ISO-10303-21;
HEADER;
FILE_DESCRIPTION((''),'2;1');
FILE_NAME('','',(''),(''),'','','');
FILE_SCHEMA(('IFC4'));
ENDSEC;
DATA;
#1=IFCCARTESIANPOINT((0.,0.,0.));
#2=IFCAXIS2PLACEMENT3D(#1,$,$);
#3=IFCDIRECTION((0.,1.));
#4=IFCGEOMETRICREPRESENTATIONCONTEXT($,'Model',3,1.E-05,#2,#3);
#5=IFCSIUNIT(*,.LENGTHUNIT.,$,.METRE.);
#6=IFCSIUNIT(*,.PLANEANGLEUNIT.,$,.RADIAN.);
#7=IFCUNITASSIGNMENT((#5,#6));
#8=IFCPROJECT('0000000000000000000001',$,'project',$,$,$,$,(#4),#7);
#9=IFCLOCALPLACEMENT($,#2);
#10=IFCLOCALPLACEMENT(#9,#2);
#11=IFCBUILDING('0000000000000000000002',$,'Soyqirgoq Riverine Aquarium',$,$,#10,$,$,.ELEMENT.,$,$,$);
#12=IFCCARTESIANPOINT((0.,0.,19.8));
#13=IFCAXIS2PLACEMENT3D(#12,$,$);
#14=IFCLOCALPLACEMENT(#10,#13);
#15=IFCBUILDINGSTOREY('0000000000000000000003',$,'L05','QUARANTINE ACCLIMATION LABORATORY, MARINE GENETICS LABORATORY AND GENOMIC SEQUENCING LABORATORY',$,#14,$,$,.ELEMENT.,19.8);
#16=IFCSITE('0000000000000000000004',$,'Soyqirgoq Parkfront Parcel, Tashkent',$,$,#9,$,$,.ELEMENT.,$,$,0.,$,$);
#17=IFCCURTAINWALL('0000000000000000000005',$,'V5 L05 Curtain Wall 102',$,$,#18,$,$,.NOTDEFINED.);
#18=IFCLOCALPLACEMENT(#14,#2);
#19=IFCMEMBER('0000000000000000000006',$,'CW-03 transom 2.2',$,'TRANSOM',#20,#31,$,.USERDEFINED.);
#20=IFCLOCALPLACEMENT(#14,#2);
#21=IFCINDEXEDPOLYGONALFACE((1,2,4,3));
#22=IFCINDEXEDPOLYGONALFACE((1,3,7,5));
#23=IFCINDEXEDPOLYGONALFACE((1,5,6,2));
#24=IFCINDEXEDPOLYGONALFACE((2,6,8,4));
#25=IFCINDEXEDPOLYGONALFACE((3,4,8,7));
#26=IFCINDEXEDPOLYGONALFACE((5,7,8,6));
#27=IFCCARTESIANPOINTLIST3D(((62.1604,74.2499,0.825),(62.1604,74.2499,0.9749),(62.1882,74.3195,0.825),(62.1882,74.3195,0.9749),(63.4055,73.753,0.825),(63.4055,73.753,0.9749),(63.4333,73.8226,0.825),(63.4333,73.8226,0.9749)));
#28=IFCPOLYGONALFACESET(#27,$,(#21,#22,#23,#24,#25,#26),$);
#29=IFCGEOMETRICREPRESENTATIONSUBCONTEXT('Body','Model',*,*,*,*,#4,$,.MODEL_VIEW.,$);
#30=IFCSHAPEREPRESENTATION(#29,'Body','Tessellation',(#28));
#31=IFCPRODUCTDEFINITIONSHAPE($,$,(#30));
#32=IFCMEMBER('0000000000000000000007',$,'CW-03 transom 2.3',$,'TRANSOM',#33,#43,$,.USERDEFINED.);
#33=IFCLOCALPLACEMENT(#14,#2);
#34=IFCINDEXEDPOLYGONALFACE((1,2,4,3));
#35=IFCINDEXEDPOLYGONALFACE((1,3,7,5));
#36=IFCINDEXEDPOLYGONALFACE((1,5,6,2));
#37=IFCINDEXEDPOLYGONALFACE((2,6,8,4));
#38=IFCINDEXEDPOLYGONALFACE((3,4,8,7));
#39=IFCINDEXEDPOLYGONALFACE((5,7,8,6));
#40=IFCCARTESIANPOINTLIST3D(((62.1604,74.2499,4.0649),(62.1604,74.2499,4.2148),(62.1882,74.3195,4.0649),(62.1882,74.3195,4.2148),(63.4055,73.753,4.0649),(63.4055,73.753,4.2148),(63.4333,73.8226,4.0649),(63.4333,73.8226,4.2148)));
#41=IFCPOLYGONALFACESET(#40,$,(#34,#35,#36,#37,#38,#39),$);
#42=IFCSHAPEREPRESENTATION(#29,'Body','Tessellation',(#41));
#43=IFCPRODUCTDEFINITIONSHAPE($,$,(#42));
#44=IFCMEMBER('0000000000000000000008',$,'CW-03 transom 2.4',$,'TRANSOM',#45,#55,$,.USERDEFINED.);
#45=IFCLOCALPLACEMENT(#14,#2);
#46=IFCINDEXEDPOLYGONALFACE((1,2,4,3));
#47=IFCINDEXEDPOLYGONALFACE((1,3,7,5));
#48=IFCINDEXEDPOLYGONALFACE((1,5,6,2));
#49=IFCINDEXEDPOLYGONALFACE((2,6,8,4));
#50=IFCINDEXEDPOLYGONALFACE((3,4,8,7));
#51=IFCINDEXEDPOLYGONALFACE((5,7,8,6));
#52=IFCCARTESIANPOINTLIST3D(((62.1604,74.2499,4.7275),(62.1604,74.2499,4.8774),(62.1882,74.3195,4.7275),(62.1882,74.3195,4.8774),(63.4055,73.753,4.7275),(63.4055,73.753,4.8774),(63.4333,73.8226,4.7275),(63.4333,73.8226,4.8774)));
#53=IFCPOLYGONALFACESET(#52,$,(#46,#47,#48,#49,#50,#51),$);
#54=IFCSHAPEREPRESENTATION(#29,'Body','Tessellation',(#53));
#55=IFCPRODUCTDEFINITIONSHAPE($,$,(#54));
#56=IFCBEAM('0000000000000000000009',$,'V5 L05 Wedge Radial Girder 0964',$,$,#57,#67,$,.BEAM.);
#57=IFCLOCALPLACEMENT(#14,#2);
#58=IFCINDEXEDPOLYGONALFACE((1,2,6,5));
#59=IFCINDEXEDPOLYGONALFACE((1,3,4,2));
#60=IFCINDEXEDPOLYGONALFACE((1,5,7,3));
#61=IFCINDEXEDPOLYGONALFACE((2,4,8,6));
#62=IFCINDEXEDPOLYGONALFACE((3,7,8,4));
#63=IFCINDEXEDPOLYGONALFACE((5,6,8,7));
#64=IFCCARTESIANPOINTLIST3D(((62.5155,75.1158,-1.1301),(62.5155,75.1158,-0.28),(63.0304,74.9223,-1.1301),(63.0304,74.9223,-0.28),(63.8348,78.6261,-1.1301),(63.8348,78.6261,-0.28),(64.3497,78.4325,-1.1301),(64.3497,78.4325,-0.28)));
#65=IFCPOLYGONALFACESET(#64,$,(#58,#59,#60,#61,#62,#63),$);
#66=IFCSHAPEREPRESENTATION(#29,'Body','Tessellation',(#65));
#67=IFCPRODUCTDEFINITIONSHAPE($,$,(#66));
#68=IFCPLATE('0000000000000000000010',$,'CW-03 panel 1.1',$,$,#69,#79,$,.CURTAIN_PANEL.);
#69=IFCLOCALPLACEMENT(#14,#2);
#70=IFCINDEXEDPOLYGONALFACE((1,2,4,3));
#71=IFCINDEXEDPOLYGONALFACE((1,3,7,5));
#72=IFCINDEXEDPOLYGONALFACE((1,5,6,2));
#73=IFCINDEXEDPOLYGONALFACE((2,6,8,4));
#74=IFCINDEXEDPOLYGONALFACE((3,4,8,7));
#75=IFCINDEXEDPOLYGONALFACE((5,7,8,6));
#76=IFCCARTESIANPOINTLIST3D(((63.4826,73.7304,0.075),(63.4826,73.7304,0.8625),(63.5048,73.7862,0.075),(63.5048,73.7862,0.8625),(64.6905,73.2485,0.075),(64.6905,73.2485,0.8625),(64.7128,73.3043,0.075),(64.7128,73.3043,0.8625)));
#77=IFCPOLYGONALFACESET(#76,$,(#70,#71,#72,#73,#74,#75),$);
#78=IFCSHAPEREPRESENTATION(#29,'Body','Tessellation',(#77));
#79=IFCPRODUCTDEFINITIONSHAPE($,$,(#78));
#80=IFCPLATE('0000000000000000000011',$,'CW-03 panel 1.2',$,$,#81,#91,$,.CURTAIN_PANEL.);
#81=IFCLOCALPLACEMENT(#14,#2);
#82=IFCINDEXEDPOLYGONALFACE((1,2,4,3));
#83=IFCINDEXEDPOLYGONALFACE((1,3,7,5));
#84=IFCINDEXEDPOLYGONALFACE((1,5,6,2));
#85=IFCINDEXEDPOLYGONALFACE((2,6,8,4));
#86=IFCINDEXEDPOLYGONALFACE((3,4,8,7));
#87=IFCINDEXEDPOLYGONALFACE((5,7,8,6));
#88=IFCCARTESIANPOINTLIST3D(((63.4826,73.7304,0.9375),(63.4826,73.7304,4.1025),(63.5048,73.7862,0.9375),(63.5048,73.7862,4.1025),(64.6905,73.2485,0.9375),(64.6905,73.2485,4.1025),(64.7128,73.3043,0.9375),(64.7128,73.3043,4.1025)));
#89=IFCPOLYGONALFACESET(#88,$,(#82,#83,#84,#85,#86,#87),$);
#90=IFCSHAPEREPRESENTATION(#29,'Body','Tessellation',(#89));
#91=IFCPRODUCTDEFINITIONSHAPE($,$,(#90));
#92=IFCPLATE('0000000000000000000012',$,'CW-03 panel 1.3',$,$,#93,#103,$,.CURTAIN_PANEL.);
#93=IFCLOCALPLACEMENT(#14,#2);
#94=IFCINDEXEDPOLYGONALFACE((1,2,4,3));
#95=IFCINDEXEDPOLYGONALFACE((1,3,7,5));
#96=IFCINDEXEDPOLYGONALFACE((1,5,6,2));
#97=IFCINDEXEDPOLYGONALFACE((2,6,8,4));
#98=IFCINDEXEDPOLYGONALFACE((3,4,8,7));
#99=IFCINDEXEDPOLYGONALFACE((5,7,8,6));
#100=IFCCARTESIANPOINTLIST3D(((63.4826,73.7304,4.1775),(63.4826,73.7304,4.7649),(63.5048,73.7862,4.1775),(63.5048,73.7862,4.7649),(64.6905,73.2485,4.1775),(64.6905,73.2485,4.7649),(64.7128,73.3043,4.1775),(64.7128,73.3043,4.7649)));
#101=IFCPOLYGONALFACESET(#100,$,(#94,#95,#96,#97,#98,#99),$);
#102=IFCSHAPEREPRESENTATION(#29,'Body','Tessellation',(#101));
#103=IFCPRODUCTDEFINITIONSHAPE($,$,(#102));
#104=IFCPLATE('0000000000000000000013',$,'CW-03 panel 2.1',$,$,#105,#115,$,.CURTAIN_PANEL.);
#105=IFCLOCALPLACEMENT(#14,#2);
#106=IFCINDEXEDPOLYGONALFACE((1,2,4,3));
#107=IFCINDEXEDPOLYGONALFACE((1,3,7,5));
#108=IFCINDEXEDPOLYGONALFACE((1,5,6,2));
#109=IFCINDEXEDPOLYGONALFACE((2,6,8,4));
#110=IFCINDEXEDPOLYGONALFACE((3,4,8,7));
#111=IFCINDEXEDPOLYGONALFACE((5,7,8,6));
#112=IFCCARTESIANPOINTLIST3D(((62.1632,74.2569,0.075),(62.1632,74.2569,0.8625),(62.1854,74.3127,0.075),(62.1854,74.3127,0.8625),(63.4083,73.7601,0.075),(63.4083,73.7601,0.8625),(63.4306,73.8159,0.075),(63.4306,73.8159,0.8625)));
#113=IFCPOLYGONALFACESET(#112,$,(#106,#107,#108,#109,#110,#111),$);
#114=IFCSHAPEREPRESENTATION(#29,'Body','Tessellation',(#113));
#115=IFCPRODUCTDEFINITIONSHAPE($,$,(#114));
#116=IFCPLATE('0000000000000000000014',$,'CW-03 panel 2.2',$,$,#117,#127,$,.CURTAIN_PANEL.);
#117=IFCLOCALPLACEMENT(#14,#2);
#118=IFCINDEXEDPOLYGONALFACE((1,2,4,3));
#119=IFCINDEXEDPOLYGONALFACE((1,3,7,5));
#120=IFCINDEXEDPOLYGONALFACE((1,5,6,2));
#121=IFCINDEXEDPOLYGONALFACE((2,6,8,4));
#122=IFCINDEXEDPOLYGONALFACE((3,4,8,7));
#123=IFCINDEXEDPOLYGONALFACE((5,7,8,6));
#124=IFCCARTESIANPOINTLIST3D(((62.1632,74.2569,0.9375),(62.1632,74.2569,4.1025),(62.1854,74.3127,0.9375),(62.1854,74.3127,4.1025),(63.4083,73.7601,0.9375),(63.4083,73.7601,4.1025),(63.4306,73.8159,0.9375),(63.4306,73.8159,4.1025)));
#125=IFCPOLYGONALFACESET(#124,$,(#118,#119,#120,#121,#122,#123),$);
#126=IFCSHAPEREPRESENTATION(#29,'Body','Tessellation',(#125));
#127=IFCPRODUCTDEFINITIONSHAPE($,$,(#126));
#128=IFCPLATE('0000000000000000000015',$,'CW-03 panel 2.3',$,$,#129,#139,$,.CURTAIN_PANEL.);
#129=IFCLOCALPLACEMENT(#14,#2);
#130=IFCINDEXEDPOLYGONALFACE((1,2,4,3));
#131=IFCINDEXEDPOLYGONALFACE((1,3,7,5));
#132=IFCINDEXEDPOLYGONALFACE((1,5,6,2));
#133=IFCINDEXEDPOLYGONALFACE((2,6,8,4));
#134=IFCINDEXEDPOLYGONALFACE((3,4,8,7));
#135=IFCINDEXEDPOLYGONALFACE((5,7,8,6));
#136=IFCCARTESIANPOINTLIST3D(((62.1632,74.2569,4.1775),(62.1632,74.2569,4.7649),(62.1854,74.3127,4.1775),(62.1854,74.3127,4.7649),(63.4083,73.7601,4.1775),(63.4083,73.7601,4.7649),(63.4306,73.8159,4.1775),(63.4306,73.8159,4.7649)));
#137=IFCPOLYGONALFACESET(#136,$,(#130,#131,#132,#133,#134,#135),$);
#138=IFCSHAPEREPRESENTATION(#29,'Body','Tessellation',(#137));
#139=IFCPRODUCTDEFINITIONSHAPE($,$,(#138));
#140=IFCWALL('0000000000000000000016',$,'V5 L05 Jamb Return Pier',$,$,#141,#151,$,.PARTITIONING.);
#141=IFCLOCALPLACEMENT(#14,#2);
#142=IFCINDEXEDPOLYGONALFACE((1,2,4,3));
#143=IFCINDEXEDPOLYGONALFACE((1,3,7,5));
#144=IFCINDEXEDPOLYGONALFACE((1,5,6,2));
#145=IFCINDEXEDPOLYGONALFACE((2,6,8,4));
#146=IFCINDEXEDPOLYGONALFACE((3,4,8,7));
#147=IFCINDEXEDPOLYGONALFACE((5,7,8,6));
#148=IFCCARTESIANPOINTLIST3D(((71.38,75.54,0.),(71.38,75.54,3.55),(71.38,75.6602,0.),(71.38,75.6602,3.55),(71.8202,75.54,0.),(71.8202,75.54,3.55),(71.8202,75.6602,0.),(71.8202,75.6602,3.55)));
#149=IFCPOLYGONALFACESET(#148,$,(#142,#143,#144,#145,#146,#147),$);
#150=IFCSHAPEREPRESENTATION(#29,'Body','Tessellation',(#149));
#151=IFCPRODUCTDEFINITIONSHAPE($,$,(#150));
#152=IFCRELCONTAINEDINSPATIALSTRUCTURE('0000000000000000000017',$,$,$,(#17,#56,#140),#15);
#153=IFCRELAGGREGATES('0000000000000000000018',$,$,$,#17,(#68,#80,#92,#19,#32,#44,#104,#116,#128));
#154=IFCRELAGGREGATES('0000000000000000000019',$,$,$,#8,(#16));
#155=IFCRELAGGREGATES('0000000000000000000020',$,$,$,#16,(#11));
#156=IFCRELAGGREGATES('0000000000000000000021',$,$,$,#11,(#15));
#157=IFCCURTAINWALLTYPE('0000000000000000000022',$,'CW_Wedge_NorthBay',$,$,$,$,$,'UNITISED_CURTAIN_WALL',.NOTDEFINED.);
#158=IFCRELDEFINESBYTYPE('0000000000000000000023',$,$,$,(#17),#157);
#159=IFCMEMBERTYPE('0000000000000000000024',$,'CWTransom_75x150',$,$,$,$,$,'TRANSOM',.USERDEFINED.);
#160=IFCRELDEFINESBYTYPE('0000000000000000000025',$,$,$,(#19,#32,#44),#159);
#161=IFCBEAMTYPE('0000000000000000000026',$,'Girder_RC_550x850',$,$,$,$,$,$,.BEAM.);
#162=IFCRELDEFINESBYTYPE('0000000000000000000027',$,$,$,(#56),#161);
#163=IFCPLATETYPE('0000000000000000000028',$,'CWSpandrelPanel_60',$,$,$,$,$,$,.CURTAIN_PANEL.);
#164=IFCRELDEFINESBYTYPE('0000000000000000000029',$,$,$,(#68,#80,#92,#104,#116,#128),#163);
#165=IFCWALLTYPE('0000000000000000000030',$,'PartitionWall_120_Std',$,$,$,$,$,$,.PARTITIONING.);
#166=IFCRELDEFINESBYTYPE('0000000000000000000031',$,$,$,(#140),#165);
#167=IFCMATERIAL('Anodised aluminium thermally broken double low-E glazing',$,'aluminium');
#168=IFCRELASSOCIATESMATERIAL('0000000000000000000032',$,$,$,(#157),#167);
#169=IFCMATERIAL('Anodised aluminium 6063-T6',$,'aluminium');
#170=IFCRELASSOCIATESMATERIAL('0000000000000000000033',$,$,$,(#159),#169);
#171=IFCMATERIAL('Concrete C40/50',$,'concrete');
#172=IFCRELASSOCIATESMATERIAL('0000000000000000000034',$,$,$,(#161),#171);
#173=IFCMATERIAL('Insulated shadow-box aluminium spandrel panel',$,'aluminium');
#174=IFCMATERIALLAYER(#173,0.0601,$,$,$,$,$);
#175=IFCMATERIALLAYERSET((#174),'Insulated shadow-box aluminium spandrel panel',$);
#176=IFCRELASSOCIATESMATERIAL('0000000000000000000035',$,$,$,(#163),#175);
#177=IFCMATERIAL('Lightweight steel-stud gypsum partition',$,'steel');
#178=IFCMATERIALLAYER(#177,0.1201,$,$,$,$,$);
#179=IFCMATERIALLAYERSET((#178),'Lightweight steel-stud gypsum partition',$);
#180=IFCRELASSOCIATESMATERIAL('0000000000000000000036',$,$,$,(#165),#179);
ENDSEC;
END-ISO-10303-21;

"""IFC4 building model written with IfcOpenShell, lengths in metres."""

from ifc_helpers import new_model, si_unit, direction, frame, frame_2d, origin, origin_2d, place, context, subcontext, project, spatial, rectangle, extrude, material, layer, layer_set, material_profile, profile_set, type_object, element, aggregate, save


model = new_model("IFC4")

# Units and contexts
model_context = context("Model", 3, precision=1e-05, world=origin(), true_north=direction((0.0, 1.0)))
body_context = subcontext(model_context, "Body", "Model", "MODEL_VIEW")
ifc_project = project(units=[si_unit("LENGTHUNIT", "METRE"), si_unit("PLANEANGLEUNIT", "RADIAN")], contexts=[model_context])

# Site, building, storey
site_placement = place(None, origin())
site = spatial("IfcSite", under=ifc_project, at=site_placement, Name="Soyqirgoq Parkfront Parcel, Tashkent", CompositionType="ELEMENT", RefElevation=0.0)
building_placement = place(site_placement, origin())
building = spatial("IfcBuilding", under=site, at=building_placement, Name="Soyqirgoq Riverine Aquarium", CompositionType="ELEMENT")
storey_placement = place(building_placement, frame((0.0, 0.0, 19.8)))
storey = spatial("IfcBuildingStorey", under=building, at=storey_placement, Name="L05", Description="QUARANTINE ACCLIMATION LABORATORY, MARINE GENETICS LABORATORY AND GENOMIC SEQUENCING LABORATORY", CompositionType="ELEMENT", Elevation=19.8)

# Curtain wall, members
ifc_material_1 = material(Name="Anodised aluminium thermally broken double low-E glazing", Category="aluminium")
curtain_wall_type = type_object("IfcCurtainWallType", Name="CW_Wedge_NorthBay", ElementType="UNITISED_CURTAIN_WALL", PredefinedType="NOTDEFINED", material=ifc_material_1)
curtain_wall_placement = place(storey_placement, origin())
curtain_wall = element("IfcCurtainWall", 1, at=curtain_wall_placement, inside=storey, type_object=curtain_wall_type, Name="V5 L05 Curtain Wall 102", PredefinedType="NOTDEFINED")
ifc_material_2 = material(Name="Anodised aluminium 6063-T6", Category="aluminium")
ifc_material_profile_1 = material_profile(ifc_material_2, rectangle(XDim=0.075, YDim=0.1499, at=origin_2d()), Name="ALU-T 75x150")
ifc_profile_set_1 = profile_set([ifc_material_profile_1], Name="Anodised aluminium 6063-T6")
member_type_1 = type_object("IfcMemberType", Name="CWTransom_75x150", ElementType="TRANSOM", PredefinedType="USERDEFINED", material=ifc_profile_set_1)
member_1_placement = place(storey_placement, frame((63.4194, 73.7878, 0.8999), z_axis=(-0.92879, 0.370606, 0.0), x_axis=(-0.370606, -0.92879, 0.0)))
member_1 = element("IfcMember", 2, at=member_1_placement, type_object=member_type_1, Name="CW-03 transom 2.2", ObjectType="TRANSOM", PredefinedType="USERDEFINED", context=body_context, shape_type="SweptSolid", body=[
    extrude(rectangle(XDim=0.075, YDim=0.1499, at=origin_2d()), origin(), (0.0, 0.0, 1.0), 1.3406),
])
member_2_placement = place(storey_placement, frame((63.4194, 73.7878, 4.1399), z_axis=(-0.92879, 0.370606, 0.0), x_axis=(-0.370606, -0.92879, 0.0)))
member_2 = element("IfcMember", 3, at=member_2_placement, type_object=member_type_1, Name="CW-03 transom 2.3", ObjectType="TRANSOM", PredefinedType="USERDEFINED", context=body_context, shape_type="SweptSolid", body=[
    extrude(rectangle(XDim=0.075, YDim=0.1499, at=origin_2d()), origin(), (0.0, 0.0, 1.0), 1.3406),
])
member_3_placement = place(storey_placement, frame((63.4194, 73.7878, 4.8025), z_axis=(-0.92879, 0.370606, 0.0), x_axis=(-0.370606, -0.92879, 0.0)))
member_3 = element("IfcMember", 4, at=member_3_placement, type_object=member_type_1, Name="CW-03 transom 2.4", ObjectType="TRANSOM", PredefinedType="USERDEFINED", context=body_context, shape_type="SweptSolid", body=[
    extrude(rectangle(XDim=0.075, YDim=0.1499, at=origin_2d()), origin(), (0.0, 0.0, 1.0), 1.3406),
])

# Beam
ifc_material_3 = material(Name="Concrete C40/50", Category="concrete")
ifc_material_profile_2 = material_profile(ifc_material_3, rectangle(XDim=0.55, YDim=0.8501, at=origin_2d()), Name="RC 550x850")
ifc_profile_set_2 = profile_set([ifc_material_profile_2], Name="Concrete C40/50")
beam_type_1 = type_object("IfcBeamType", Name="Girder_RC_550x850", PredefinedType="BEAM", material=ifc_profile_set_2)
beam_1_placement = place(storey_placement, frame((62.7729, 75.019, -0.7051), z_axis=(0.351823, 0.936067, 0.0), x_axis=(-0.936067, 0.351823, 0.0)))
element("IfcBeam", 5, at=beam_1_placement, inside=storey, type_object=beam_type_1, Name="V5 L05 Wedge Radial Girder 0964", PredefinedType="BEAM", context=body_context, shape_type="SweptSolid", body=[
    extrude(rectangle(XDim=0.55, YDim=0.8501, at=origin_2d()), origin(), (0.0, 0.0, 1.0), 3.75),
])

# Plates
ifc_material_4 = material(Name="Insulated shadow-box aluminium spandrel panel", Category="aluminium")
ifc_layer_1 = layer(ifc_material_4, 0.0601)
ifc_layer_set_1 = layer_set([ifc_layer_1], Name="Insulated shadow-box aluminium spandrel panel")
plate_type = type_object("IfcPlateType", Name="CWSpandrelPanel_60", PredefinedType="CURTAIN_PANEL", material=ifc_layer_set_1)
plate_1_placement = place(storey_placement, frame((64.0977, 73.5173, 0.075), z_axis=(0.0, 0.0, 1.0), x_axis=(-0.928805, 0.370569, 0.0)))
plate_1 = element("IfcPlate", 6, at=plate_1_placement, type_object=plate_type, Name="CW-03 panel 1.1", PredefinedType="CURTAIN_PANEL", context=body_context, shape_type="SweptSolid", body=[
    extrude(rectangle(XDim=1.3005, YDim=0.0601, at=origin_2d()), origin(), (0.0, 0.0, 1.0), 0.7876),
])
plate_2_placement = place(storey_placement, frame((64.0977, 73.5173, 0.9375), z_axis=(0.0, 0.0, 1.0), x_axis=(-0.928805, 0.370569, 0.0)))
plate_2 = element("IfcPlate", 7, at=plate_2_placement, type_object=plate_type, Name="CW-03 panel 1.2", PredefinedType="CURTAIN_PANEL", context=body_context, shape_type="SweptSolid", body=[
    extrude(rectangle(XDim=1.3005, YDim=0.0601, at=origin_2d()), origin(), (0.0, 0.0, 1.0), 3.165),
])
plate_3_placement = place(storey_placement, frame((64.0977, 73.5173, 4.1775), z_axis=(0.0, 0.0, 1.0), x_axis=(-0.928805, 0.370569, 0.0)))
plate_3 = element("IfcPlate", 8, at=plate_3_placement, type_object=plate_type, Name="CW-03 panel 1.3", PredefinedType="CURTAIN_PANEL", context=body_context, shape_type="SweptSolid", body=[
    extrude(rectangle(XDim=1.3005, YDim=0.0601, at=origin_2d()), origin(), (0.0, 0.0, 1.0), 0.5874),
])
plate_4_placement = place(storey_placement, frame((62.7969, 74.0364, 0.075), z_axis=(0.0, 0.0, 1.0), x_axis=(-0.928805, 0.370569, 0.0)))
plate_4 = element("IfcPlate", 9, at=plate_4_placement, type_object=plate_type, Name="CW-03 panel 2.1", PredefinedType="CURTAIN_PANEL", context=body_context, shape_type="SweptSolid", body=[
    extrude(rectangle(XDim=1.3406, YDim=0.0601, at=origin_2d()), origin(), (0.0, 0.0, 1.0), 0.7876),
])
plate_5_placement = place(storey_placement, frame((62.7969, 74.0364, 0.9375), z_axis=(0.0, 0.0, 1.0), x_axis=(-0.928805, 0.370569, 0.0)))
plate_5 = element("IfcPlate", 10, at=plate_5_placement, type_object=plate_type, Name="CW-03 panel 2.2", PredefinedType="CURTAIN_PANEL", context=body_context, shape_type="SweptSolid", body=[
    extrude(rectangle(XDim=1.3406, YDim=0.0601, at=origin_2d()), origin(), (0.0, 0.0, 1.0), 3.165),
])
plate_6_placement = place(storey_placement, frame((62.7969, 74.0364, 4.1775), z_axis=(0.0, 0.0, 1.0), x_axis=(-0.928805, 0.370569, 0.0)))
plate_6 = element("IfcPlate", 11, at=plate_6_placement, type_object=plate_type, Name="CW-03 panel 2.3", PredefinedType="CURTAIN_PANEL", context=body_context, shape_type="SweptSolid", body=[
    extrude(rectangle(XDim=1.3406, YDim=0.0601, at=origin_2d()), origin(), (0.0, 0.0, 1.0), 0.5874),
])
aggregate(curtain_wall, [plate_1, plate_2, plate_3, member_1, member_2, member_3, plate_4, plate_5, plate_6])

# Wall
ifc_material_5 = material(Name="Lightweight steel-stud gypsum partition", Category="steel")
ifc_layer_2 = layer(ifc_material_5, 0.1201)
ifc_layer_set_2 = layer_set([ifc_layer_2], Name="Lightweight steel-stud gypsum partition")
wall_type = type_object("IfcWallType", Name="PartitionWall_120_Std", PredefinedType="PARTITIONING", material=ifc_layer_set_2)
wall_placement = place(storey_placement, frame((71.3799, 75.6001, 0.0), z_axis=(0.0, 0.0, 1.0), x_axis=(1.0, 0.0, 0.0)))
element("IfcWall", 12, at=wall_placement, inside=storey, type_object=wall_type, Name="V5 L05 Jamb Return Pier", PredefinedType="PARTITIONING", context=body_context, shape_type="SweptSolid", body=[
    extrude(rectangle(XDim=0.4402, YDim=0.1201, at=frame_2d((0.2202, 0.0))), origin(), (0.0, 0.0, 1.0), 3.55),
])

save(model, "model.ifc")
